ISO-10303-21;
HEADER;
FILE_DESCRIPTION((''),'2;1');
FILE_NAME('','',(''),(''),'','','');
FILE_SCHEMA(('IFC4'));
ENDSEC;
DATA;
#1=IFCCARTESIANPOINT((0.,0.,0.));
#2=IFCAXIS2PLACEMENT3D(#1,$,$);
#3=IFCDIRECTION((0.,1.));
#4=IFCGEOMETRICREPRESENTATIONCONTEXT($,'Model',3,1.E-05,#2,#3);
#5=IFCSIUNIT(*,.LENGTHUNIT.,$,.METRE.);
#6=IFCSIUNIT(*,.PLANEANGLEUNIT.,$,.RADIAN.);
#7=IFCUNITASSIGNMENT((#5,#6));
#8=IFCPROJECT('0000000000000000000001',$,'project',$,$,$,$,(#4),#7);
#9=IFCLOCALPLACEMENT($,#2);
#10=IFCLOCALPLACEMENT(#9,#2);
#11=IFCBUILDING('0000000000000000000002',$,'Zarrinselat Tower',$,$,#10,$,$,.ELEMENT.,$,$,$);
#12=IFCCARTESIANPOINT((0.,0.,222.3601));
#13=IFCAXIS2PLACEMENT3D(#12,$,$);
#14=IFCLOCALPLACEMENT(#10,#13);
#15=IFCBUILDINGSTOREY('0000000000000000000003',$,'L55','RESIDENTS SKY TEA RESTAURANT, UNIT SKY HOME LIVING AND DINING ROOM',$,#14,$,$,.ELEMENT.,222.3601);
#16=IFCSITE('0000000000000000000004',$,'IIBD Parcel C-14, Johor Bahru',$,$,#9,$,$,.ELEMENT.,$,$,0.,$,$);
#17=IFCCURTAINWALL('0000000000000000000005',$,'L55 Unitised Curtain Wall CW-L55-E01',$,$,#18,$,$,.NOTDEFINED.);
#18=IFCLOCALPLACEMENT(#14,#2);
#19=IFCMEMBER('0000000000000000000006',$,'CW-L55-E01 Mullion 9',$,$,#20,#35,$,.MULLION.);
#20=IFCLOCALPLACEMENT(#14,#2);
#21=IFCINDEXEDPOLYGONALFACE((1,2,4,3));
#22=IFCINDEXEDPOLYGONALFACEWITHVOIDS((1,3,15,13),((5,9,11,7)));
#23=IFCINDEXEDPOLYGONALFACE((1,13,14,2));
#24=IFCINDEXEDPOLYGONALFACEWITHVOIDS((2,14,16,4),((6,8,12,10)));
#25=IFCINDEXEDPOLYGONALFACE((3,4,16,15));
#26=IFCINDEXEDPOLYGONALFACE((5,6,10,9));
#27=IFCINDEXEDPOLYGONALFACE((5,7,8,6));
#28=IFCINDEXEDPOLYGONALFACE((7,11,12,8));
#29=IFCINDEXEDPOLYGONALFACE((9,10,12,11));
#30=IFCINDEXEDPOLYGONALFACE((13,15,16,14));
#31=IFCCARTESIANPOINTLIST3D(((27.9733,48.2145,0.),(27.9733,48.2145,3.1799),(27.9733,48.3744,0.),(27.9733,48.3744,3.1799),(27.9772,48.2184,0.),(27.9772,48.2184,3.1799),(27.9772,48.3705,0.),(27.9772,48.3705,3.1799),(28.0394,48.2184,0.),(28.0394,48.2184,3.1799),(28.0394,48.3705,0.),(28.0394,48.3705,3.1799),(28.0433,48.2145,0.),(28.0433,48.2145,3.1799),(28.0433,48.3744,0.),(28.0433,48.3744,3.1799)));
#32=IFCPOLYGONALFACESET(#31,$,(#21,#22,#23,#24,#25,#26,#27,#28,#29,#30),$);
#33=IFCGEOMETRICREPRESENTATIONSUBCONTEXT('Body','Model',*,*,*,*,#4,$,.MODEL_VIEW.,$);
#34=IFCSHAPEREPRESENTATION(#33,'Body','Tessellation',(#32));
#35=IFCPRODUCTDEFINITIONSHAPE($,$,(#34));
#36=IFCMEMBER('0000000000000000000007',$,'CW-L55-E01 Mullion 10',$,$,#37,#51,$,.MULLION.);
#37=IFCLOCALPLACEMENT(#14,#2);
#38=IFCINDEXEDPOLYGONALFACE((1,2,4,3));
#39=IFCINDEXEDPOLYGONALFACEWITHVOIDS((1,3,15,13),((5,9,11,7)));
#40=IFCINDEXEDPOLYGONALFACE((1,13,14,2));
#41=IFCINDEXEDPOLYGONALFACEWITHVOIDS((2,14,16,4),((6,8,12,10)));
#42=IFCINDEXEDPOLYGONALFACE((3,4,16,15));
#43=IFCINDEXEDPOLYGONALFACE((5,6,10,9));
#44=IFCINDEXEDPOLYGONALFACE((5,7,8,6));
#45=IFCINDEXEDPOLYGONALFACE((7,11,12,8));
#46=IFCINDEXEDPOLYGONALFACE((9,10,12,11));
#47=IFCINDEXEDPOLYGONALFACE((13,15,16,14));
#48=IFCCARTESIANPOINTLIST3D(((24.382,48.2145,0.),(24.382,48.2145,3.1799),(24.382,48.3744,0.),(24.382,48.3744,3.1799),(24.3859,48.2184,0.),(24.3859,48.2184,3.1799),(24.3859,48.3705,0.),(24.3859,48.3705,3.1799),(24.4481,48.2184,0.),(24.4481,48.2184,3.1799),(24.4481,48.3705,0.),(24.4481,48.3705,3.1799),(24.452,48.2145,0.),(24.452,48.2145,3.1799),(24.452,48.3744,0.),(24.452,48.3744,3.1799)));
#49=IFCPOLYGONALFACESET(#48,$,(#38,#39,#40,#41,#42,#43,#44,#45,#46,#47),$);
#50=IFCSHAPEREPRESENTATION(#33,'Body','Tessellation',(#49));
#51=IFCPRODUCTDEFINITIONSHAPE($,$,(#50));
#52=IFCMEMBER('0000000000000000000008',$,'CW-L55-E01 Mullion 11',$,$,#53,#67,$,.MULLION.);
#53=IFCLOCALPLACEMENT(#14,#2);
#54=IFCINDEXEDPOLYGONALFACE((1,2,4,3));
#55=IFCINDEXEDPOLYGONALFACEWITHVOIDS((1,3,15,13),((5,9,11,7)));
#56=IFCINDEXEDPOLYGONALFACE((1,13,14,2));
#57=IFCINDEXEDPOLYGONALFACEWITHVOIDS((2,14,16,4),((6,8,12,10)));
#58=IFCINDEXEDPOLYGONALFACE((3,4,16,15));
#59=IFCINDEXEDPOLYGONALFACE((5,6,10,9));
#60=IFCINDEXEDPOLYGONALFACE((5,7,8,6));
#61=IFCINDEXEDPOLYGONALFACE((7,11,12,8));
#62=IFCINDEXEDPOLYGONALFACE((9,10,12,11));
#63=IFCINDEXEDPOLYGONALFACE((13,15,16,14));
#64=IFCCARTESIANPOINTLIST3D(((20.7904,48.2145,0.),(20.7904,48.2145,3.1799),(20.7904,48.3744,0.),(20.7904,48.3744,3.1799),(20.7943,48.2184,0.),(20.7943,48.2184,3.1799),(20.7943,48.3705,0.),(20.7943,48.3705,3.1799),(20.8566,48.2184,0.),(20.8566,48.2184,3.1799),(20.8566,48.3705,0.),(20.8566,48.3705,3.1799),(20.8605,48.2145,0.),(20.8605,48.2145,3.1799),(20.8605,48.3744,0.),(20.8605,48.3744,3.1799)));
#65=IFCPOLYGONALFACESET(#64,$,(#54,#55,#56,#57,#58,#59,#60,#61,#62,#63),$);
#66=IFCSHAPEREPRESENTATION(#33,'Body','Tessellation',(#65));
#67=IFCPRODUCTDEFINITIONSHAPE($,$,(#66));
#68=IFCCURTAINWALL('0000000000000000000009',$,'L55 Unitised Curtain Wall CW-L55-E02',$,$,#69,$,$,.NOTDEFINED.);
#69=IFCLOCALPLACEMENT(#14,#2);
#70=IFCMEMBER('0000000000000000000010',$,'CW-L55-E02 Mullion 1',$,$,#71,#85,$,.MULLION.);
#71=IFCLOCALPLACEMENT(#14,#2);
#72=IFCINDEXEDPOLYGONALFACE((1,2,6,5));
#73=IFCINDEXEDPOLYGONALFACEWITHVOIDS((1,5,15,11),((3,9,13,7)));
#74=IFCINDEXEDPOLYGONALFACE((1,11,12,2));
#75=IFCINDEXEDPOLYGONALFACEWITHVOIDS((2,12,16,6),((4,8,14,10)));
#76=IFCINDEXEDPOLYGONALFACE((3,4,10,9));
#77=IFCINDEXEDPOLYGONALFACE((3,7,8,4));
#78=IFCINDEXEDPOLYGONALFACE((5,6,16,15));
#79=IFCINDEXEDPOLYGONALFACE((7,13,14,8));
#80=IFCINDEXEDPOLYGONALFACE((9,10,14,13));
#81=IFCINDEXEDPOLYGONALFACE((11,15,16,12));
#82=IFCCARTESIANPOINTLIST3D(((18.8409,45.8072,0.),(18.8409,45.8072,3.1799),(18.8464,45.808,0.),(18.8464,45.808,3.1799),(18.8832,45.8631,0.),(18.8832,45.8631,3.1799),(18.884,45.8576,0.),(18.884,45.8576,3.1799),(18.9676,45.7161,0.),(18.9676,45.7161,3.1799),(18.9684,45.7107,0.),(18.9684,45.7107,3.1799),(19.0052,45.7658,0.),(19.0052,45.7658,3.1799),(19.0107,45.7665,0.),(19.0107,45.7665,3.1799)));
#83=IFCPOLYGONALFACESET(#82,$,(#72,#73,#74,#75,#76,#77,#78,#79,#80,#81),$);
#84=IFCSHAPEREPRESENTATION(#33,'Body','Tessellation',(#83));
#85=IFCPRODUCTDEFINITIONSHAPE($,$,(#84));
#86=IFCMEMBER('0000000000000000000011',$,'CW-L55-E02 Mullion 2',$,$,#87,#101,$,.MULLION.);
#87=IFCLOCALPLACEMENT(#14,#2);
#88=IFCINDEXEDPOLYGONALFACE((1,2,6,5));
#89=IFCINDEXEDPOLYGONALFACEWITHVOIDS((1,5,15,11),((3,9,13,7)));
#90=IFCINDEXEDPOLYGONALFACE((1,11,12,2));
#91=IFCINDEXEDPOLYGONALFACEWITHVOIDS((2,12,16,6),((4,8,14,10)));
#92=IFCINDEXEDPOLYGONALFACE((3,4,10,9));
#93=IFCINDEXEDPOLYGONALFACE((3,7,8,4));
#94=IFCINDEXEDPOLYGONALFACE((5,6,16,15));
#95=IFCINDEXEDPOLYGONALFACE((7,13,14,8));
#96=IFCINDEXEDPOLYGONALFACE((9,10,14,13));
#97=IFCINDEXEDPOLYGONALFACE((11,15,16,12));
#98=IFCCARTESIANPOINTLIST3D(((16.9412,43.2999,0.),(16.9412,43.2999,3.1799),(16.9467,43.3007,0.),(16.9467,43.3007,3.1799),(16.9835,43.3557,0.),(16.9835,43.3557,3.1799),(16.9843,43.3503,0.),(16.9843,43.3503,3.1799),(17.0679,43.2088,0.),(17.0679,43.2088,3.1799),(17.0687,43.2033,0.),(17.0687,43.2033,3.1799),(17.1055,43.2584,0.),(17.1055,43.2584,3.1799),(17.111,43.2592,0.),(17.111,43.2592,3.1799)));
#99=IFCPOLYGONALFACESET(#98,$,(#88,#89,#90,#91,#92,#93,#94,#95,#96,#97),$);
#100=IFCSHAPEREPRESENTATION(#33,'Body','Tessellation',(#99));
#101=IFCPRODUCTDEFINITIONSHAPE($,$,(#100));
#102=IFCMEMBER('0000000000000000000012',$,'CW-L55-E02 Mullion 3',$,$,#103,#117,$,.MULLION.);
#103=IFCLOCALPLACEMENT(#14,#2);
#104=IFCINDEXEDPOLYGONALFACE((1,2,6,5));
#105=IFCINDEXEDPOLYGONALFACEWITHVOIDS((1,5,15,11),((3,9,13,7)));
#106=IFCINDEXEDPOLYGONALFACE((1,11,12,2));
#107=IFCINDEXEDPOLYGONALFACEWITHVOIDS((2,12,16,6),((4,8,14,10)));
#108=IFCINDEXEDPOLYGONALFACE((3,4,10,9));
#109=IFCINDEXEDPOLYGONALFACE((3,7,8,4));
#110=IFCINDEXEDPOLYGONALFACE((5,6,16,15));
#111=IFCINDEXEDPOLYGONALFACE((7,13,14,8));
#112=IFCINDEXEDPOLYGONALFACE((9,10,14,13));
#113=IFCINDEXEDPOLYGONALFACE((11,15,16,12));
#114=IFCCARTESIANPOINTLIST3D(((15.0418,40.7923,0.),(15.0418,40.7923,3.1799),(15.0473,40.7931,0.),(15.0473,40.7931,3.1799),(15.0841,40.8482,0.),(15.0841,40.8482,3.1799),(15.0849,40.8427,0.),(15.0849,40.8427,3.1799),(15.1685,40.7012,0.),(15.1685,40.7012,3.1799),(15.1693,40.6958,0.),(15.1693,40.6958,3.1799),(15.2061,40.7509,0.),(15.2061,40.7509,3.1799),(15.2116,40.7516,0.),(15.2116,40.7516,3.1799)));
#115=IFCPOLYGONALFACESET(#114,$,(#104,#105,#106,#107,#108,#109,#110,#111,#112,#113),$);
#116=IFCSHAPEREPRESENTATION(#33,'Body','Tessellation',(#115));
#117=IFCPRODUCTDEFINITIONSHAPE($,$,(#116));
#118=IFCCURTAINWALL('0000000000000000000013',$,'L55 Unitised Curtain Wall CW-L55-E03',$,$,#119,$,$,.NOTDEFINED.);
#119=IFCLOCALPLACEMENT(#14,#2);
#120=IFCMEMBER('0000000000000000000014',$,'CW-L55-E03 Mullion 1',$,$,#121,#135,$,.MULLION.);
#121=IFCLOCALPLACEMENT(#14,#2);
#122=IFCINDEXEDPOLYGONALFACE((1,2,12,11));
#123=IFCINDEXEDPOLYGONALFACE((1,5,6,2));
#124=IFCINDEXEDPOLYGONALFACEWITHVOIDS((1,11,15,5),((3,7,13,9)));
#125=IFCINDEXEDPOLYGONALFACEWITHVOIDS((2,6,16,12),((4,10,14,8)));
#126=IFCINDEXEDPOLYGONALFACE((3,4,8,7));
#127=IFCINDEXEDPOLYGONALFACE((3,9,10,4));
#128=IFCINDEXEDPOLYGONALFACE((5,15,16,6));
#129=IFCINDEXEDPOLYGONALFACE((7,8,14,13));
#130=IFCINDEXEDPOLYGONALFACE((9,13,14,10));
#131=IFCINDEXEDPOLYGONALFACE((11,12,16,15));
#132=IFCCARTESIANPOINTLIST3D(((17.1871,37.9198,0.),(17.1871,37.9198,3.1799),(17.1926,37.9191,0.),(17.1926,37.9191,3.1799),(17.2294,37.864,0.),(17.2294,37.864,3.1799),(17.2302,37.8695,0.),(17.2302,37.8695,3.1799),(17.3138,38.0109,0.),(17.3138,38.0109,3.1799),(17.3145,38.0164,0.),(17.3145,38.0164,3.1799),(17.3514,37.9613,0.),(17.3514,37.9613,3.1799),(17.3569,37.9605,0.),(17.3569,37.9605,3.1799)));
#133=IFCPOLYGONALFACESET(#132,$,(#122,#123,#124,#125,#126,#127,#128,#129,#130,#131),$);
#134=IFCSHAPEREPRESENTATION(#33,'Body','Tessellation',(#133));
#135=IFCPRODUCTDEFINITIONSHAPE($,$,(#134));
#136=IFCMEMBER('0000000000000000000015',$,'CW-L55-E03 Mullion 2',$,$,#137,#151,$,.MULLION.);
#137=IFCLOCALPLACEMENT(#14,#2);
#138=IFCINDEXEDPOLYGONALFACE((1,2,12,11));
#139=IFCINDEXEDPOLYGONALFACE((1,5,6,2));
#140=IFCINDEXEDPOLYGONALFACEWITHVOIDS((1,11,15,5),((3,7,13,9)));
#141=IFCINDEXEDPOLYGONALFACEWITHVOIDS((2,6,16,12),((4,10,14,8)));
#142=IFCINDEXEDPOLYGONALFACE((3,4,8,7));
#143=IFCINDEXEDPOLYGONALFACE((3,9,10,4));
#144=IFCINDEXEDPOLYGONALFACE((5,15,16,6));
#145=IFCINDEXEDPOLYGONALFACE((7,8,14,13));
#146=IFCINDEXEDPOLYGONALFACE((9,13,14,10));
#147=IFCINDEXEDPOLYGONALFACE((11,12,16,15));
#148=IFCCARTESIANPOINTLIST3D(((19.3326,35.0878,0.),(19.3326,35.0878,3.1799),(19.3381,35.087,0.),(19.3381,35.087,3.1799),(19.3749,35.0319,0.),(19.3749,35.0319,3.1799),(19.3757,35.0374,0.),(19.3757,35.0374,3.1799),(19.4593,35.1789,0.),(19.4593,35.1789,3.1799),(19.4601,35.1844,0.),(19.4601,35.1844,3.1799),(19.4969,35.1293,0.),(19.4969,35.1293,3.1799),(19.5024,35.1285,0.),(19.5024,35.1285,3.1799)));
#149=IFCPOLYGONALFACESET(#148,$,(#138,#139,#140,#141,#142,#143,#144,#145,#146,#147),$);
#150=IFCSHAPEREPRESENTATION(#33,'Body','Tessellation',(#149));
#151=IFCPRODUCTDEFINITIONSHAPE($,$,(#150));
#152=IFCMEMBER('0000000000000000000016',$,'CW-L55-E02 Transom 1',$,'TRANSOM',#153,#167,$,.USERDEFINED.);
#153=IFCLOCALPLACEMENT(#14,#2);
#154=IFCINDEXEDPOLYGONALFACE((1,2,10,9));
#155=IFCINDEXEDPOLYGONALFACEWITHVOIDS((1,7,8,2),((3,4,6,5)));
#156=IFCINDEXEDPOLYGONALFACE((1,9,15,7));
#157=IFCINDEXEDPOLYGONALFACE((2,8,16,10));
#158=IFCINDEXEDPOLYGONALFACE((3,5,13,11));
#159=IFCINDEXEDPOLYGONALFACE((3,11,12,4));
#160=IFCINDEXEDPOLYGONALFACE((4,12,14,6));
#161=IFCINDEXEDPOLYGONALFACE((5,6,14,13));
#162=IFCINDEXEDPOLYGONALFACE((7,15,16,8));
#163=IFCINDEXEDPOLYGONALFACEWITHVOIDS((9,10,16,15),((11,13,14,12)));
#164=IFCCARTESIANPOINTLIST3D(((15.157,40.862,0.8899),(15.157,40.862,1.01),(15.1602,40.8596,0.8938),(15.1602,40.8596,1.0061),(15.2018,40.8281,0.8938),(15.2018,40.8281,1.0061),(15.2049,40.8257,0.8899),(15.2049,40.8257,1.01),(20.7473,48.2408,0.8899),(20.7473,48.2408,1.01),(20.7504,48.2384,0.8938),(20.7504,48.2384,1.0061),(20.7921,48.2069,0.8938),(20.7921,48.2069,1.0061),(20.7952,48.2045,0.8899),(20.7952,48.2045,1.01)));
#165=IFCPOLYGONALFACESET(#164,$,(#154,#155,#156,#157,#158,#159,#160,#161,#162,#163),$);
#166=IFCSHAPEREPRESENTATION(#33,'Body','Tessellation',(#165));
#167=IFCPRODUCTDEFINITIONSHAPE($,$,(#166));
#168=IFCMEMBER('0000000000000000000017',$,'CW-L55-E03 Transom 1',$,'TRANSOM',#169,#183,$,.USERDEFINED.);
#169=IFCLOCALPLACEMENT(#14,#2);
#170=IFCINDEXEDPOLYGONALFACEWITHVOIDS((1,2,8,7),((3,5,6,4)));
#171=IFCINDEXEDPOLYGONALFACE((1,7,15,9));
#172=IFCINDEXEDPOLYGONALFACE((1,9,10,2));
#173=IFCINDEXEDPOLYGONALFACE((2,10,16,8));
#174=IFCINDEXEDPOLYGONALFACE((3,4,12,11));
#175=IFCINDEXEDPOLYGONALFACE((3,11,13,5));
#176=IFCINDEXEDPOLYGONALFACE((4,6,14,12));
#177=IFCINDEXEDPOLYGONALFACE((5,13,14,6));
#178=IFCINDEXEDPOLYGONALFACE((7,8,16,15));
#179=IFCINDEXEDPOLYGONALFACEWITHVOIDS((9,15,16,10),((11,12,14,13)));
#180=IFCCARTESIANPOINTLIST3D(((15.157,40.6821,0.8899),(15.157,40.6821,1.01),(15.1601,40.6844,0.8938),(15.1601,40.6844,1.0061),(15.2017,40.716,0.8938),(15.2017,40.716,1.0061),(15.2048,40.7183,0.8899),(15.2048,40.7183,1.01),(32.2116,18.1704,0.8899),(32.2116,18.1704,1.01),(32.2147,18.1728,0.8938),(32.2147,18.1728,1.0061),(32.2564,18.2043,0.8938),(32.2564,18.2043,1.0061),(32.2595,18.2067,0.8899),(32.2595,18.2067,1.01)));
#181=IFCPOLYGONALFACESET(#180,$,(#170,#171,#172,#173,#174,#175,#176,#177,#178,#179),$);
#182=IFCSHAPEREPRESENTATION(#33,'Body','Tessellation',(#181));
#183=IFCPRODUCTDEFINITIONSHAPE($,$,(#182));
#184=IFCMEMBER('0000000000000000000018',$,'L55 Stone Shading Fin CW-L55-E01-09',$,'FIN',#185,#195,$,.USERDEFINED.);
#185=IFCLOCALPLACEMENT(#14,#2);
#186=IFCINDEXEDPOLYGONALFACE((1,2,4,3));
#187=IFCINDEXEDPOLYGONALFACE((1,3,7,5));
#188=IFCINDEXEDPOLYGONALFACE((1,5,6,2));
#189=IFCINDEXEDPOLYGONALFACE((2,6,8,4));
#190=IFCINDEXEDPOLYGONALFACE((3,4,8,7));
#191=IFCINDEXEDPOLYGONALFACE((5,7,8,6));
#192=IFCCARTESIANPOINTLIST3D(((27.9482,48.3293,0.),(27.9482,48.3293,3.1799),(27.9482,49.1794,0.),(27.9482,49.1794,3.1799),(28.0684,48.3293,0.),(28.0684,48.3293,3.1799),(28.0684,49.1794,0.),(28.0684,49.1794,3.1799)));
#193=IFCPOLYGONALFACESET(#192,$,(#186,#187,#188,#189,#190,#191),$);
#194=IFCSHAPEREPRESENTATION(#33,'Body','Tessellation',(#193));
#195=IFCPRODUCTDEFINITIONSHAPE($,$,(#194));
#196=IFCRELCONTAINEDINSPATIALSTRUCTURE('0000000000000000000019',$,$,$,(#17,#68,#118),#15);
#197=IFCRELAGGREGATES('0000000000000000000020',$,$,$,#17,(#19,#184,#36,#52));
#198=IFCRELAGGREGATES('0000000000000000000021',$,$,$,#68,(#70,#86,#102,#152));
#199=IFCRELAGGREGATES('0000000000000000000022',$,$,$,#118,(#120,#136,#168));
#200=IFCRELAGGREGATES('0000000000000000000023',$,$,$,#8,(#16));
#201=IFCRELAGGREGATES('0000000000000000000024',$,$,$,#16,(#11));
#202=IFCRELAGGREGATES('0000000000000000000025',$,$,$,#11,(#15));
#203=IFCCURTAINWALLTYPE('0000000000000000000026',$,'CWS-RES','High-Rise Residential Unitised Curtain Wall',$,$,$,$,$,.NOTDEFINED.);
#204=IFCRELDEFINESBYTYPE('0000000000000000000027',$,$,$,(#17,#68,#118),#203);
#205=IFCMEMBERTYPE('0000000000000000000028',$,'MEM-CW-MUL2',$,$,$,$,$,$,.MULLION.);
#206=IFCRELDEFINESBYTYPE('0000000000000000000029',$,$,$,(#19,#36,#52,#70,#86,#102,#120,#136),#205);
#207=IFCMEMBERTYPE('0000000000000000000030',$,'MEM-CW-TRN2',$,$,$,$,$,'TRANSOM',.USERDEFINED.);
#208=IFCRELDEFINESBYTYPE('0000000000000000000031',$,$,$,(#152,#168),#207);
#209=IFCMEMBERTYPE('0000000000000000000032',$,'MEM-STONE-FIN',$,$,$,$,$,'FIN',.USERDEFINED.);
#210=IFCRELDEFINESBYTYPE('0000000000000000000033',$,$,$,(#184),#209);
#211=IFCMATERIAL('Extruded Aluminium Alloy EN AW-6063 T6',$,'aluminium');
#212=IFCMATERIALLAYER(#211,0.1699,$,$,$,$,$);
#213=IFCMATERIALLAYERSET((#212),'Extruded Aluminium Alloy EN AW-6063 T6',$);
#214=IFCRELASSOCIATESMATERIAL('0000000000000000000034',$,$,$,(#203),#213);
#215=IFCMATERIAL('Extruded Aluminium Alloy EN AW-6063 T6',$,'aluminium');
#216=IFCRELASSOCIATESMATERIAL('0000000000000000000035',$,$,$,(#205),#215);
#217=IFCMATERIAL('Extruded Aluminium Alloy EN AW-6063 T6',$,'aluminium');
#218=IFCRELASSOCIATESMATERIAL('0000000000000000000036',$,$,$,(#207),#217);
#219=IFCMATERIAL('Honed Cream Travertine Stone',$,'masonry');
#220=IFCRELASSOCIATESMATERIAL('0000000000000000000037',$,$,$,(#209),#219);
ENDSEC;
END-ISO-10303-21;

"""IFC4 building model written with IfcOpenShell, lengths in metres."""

from ifc_helpers import new_model, si_unit, direction, frame, origin, origin_2d, place, context, subcontext, project, spatial, rectangle, hollow_rectangle, extrude, material, layer, layer_set, material_profile, profile_set, type_object, element, aggregate, save


model = new_model("IFC4")

# Units and contexts
model_context = context("Model", 3, precision=1e-05, world=origin(), true_north=direction((0.0, 1.0)))
body_context = subcontext(model_context, "Body", "Model", "MODEL_VIEW")
ifc_project = project(units=[si_unit("LENGTHUNIT", "METRE"), si_unit("PLANEANGLEUNIT", "RADIAN")], contexts=[model_context])

# Site, building, storey
site_placement = place(None, origin())
site = spatial("IfcSite", under=ifc_project, at=site_placement, Name="IIBD Parcel C-14, Johor Bahru", CompositionType="ELEMENT", RefElevation=0.0)
building_placement = place(site_placement, origin())
building = spatial("IfcBuilding", under=site, at=building_placement, Name="Zarrinselat Tower", CompositionType="ELEMENT")
storey_placement = place(building_placement, frame((0.0, 0.0, 222.3601)))
storey = spatial("IfcBuildingStorey", under=building, at=storey_placement, Name="L55", Description="RESIDENTS SKY TEA RESTAURANT, UNIT SKY HOME LIVING AND DINING ROOM", CompositionType="ELEMENT", Elevation=222.3601)

# Curtain walls, members
ifc_material_1 = material(Name="Extruded Aluminium Alloy EN AW-6063 T6", Category="aluminium")
ifc_layer_1 = layer(ifc_material_1, 0.1699)
ifc_layer_set_1 = layer_set([ifc_layer_1], Name="Extruded Aluminium Alloy EN AW-6063 T6")
curtain_wall_type = type_object("IfcCurtainWallType", Name="CWS-RES", Description="High-Rise Residential Unitised Curtain Wall", PredefinedType="NOTDEFINED", material=ifc_layer_set_1)
curtain_wall_1_placement = place(storey_placement, origin())
curtain_wall_1 = element("IfcCurtainWall", 1, at=curtain_wall_1_placement, inside=storey, type_object=curtain_wall_type, Name="L55 Unitised Curtain Wall CW-L55-E01", PredefinedType="NOTDEFINED")
ifc_material_2 = material(Name="Extruded Aluminium Alloy EN AW-6063 T6", Category="aluminium")
ifc_material_profile_1 = material_profile(ifc_material_2, hollow_rectangle(XDim=0.0701, YDim=0.1599, WallThickness=0.0039, at=origin_2d()), Name="RHS 160x70x4")
ifc_profile_set_1 = profile_set([ifc_material_profile_1], Name="Extruded Aluminium Alloy EN AW-6063 T6")
member_type_1 = type_object("IfcMemberType", Name="MEM-CW-MUL2", PredefinedType="MULLION", material=ifc_profile_set_1)
member_1_placement = place(storey_placement, frame((28.0083, 48.2944, 0.0), z_axis=(0.0, 0.0, 1.0), x_axis=(-1.0, 0.0, 0.0)))
member_1 = element("IfcMember", 2, at=member_1_placement, type_object=member_type_1, Name="CW-L55-E01 Mullion 9", PredefinedType="MULLION", context=body_context, shape_type="SweptSolid", body=[
    extrude(hollow_rectangle(XDim=0.0701, YDim=0.1599, WallThickness=0.0039, at=origin_2d()), origin(), (0.0, 0.0, 1.0), 3.1799),
])
member_2_placement = place(storey_placement, frame((24.417, 48.2944, 0.0), z_axis=(0.0, 0.0, 1.0), x_axis=(-1.0, 0.0, 0.0)))
member_2 = element("IfcMember", 3, at=member_2_placement, type_object=member_type_1, Name="CW-L55-E01 Mullion 10", PredefinedType="MULLION", context=body_context, shape_type="SweptSolid", body=[
    extrude(hollow_rectangle(XDim=0.0701, YDim=0.1599, WallThickness=0.0039, at=origin_2d()), origin(), (0.0, 0.0, 1.0), 3.1799),
])
member_3_placement = place(storey_placement, frame((20.8254, 48.2944, 0.0), z_axis=(0.0, 0.0, 1.0), x_axis=(-1.0, 0.0, 0.0)))
member_3 = element("IfcMember", 4, at=member_3_placement, type_object=member_type_1, Name="CW-L55-E01 Mullion 11", PredefinedType="MULLION", context=body_context, shape_type="SweptSolid", body=[
    extrude(hollow_rectangle(XDim=0.0701, YDim=0.1599, WallThickness=0.0039, at=origin_2d()), origin(), (0.0, 0.0, 1.0), 3.1799),
])
curtain_wall_2_placement = place(storey_placement, origin())
curtain_wall_2 = element("IfcCurtainWall", 5, at=curtain_wall_2_placement, inside=storey, type_object=curtain_wall_type, Name="L55 Unitised Curtain Wall CW-L55-E02", PredefinedType="NOTDEFINED")
member_4_placement = place(storey_placement, frame((18.9258, 45.7869, 0.0), z_axis=(0.0, 0.0, 1.0), x_axis=(-0.603865, -0.797086, 0.0)))
member_4 = element("IfcMember", 6, at=member_4_placement, type_object=member_type_1, Name="CW-L55-E02 Mullion 1", PredefinedType="MULLION", context=body_context, shape_type="SweptSolid", body=[
    extrude(hollow_rectangle(XDim=0.0701, YDim=0.1599, WallThickness=0.0039, at=origin_2d()), origin(), (0.0, 0.0, 1.0), 3.1799),
])
member_5_placement = place(storey_placement, frame((17.0261, 43.2795, 0.0), z_axis=(0.0, 0.0, 1.0), x_axis=(-0.603865, -0.797086, 0.0)))
member_5 = element("IfcMember", 7, at=member_5_placement, type_object=member_type_1, Name="CW-L55-E02 Mullion 2", PredefinedType="MULLION", context=body_context, shape_type="SweptSolid", body=[
    extrude(hollow_rectangle(XDim=0.0701, YDim=0.1599, WallThickness=0.0039, at=origin_2d()), origin(), (0.0, 0.0, 1.0), 3.1799),
])
member_6_placement = place(storey_placement, frame((15.1267, 40.772, 0.0), z_axis=(0.0, 0.0, 1.0), x_axis=(-0.603865, -0.797086, 0.0)))
member_6 = element("IfcMember", 8, at=member_6_placement, type_object=member_type_1, Name="CW-L55-E02 Mullion 3", PredefinedType="MULLION", context=body_context, shape_type="SweptSolid", body=[
    extrude(hollow_rectangle(XDim=0.0701, YDim=0.1599, WallThickness=0.0039, at=origin_2d()), origin(), (0.0, 0.0, 1.0), 3.1799),
])
curtain_wall_3_placement = place(storey_placement, origin())
curtain_wall_3 = element("IfcCurtainWall", 9, at=curtain_wall_3_placement, inside=storey, type_object=curtain_wall_type, Name="L55 Unitised Curtain Wall CW-L55-E03", PredefinedType="NOTDEFINED")
member_7_placement = place(storey_placement, frame((17.272, 37.9402, 0.0), z_axis=(0.0, 0.0, 1.0), x_axis=(0.60386, -0.797091, 0.0)))
member_7 = element("IfcMember", 10, at=member_7_placement, type_object=member_type_1, Name="CW-L55-E03 Mullion 1", PredefinedType="MULLION", context=body_context, shape_type="SweptSolid", body=[
    extrude(hollow_rectangle(XDim=0.0701, YDim=0.1599, WallThickness=0.0039, at=origin_2d()), origin(), (0.0, 0.0, 1.0), 3.1799),
])
member_8_placement = place(storey_placement, frame((19.4175, 35.1082, 0.0), z_axis=(0.0, 0.0, 1.0), x_axis=(0.60386, -0.797091, 0.0)))
member_8 = element("IfcMember", 11, at=member_8_placement, type_object=member_type_1, Name="CW-L55-E03 Mullion 2", PredefinedType="MULLION", context=body_context, shape_type="SweptSolid", body=[
    extrude(hollow_rectangle(XDim=0.0701, YDim=0.1599, WallThickness=0.0039, at=origin_2d()), origin(), (0.0, 0.0, 1.0), 3.1799),
])

# Members
ifc_material_3 = material(Name="Extruded Aluminium Alloy EN AW-6063 T6", Category="aluminium")
ifc_material_profile_2 = material_profile(ifc_material_3, hollow_rectangle(XDim=0.0601, YDim=0.1201, WallThickness=0.0039, at=origin_2d()), Name="RHS 120x60x4")
ifc_profile_set_2 = profile_set([ifc_material_profile_2], Name="Extruded Aluminium Alloy EN AW-6063 T6")
member_type_2 = type_object("IfcMemberType", Name="MEM-CW-TRN2", ElementType="TRANSOM", PredefinedType="USERDEFINED", material=ifc_profile_set_2)
member_9_placement = place(storey_placement, frame((20.7712, 48.2227, 0.95), z_axis=(-0.603875, -0.797079, 0.0), x_axis=(0.797079, -0.603875, 0.0)))
member_9 = element("IfcMember", 12, at=member_9_placement, type_object=member_type_2, Name="CW-L55-E02 Transom 1", ObjectType="TRANSOM", PredefinedType="USERDEFINED", context=body_context, shape_type="SweptSolid", body=[
    extrude(hollow_rectangle(XDim=0.0601, YDim=0.1201, WallThickness=0.0039, at=origin_2d()), origin(), (0.0, 0.0, 1.0), 9.2573),
])
member_10_placement = place(storey_placement, frame((15.1809, 40.7002, 0.95), z_axis=(0.603866, -0.797086, 0.0), x_axis=(0.797086, 0.603866, 0.0)))
member_10 = element("IfcMember", 13, at=member_10_placement, type_object=member_type_2, Name="CW-L55-E03 Transom 1", ObjectType="TRANSOM", PredefinedType="USERDEFINED", context=body_context, shape_type="SweptSolid", body=[
    extrude(hollow_rectangle(XDim=0.0601, YDim=0.1201, WallThickness=0.0039, at=origin_2d()), origin(), (0.0, 0.0, 1.0), 28.2424),
])
ifc_material_4 = material(Name="Honed Cream Travertine Stone", Category="masonry")
ifc_material_profile_3 = material_profile(ifc_material_4, rectangle(XDim=0.1201, YDim=0.8501, at=origin_2d()), Name="FIN 850x120")
ifc_profile_set_3 = profile_set([ifc_material_profile_3], Name="Honed Cream Travertine Stone")
member_type_3 = type_object("IfcMemberType", Name="MEM-STONE-FIN", ElementType="FIN", PredefinedType="USERDEFINED", material=ifc_profile_set_3)
member_11_placement = place(storey_placement, frame((28.0083, 48.7544, 0.0), z_axis=(0.0, 0.0, 1.0), x_axis=(1.0, 0.0, 0.0)))
member_11 = element("IfcMember", 14, at=member_11_placement, type_object=member_type_3, Name="L55 Stone Shading Fin CW-L55-E01-09", ObjectType="FIN", PredefinedType="USERDEFINED", context=body_context, shape_type="SweptSolid", body=[
    extrude(rectangle(XDim=0.1201, YDim=0.8501, at=origin_2d()), origin(), (0.0, 0.0, 1.0), 3.1799),
])

aggregate(curtain_wall_1, [member_1, member_11, member_2, member_3])
aggregate(curtain_wall_2, [member_4, member_5, member_6, member_9])
aggregate(curtain_wall_3, [member_7, member_8, member_10])

save(model, "model.ifc")
